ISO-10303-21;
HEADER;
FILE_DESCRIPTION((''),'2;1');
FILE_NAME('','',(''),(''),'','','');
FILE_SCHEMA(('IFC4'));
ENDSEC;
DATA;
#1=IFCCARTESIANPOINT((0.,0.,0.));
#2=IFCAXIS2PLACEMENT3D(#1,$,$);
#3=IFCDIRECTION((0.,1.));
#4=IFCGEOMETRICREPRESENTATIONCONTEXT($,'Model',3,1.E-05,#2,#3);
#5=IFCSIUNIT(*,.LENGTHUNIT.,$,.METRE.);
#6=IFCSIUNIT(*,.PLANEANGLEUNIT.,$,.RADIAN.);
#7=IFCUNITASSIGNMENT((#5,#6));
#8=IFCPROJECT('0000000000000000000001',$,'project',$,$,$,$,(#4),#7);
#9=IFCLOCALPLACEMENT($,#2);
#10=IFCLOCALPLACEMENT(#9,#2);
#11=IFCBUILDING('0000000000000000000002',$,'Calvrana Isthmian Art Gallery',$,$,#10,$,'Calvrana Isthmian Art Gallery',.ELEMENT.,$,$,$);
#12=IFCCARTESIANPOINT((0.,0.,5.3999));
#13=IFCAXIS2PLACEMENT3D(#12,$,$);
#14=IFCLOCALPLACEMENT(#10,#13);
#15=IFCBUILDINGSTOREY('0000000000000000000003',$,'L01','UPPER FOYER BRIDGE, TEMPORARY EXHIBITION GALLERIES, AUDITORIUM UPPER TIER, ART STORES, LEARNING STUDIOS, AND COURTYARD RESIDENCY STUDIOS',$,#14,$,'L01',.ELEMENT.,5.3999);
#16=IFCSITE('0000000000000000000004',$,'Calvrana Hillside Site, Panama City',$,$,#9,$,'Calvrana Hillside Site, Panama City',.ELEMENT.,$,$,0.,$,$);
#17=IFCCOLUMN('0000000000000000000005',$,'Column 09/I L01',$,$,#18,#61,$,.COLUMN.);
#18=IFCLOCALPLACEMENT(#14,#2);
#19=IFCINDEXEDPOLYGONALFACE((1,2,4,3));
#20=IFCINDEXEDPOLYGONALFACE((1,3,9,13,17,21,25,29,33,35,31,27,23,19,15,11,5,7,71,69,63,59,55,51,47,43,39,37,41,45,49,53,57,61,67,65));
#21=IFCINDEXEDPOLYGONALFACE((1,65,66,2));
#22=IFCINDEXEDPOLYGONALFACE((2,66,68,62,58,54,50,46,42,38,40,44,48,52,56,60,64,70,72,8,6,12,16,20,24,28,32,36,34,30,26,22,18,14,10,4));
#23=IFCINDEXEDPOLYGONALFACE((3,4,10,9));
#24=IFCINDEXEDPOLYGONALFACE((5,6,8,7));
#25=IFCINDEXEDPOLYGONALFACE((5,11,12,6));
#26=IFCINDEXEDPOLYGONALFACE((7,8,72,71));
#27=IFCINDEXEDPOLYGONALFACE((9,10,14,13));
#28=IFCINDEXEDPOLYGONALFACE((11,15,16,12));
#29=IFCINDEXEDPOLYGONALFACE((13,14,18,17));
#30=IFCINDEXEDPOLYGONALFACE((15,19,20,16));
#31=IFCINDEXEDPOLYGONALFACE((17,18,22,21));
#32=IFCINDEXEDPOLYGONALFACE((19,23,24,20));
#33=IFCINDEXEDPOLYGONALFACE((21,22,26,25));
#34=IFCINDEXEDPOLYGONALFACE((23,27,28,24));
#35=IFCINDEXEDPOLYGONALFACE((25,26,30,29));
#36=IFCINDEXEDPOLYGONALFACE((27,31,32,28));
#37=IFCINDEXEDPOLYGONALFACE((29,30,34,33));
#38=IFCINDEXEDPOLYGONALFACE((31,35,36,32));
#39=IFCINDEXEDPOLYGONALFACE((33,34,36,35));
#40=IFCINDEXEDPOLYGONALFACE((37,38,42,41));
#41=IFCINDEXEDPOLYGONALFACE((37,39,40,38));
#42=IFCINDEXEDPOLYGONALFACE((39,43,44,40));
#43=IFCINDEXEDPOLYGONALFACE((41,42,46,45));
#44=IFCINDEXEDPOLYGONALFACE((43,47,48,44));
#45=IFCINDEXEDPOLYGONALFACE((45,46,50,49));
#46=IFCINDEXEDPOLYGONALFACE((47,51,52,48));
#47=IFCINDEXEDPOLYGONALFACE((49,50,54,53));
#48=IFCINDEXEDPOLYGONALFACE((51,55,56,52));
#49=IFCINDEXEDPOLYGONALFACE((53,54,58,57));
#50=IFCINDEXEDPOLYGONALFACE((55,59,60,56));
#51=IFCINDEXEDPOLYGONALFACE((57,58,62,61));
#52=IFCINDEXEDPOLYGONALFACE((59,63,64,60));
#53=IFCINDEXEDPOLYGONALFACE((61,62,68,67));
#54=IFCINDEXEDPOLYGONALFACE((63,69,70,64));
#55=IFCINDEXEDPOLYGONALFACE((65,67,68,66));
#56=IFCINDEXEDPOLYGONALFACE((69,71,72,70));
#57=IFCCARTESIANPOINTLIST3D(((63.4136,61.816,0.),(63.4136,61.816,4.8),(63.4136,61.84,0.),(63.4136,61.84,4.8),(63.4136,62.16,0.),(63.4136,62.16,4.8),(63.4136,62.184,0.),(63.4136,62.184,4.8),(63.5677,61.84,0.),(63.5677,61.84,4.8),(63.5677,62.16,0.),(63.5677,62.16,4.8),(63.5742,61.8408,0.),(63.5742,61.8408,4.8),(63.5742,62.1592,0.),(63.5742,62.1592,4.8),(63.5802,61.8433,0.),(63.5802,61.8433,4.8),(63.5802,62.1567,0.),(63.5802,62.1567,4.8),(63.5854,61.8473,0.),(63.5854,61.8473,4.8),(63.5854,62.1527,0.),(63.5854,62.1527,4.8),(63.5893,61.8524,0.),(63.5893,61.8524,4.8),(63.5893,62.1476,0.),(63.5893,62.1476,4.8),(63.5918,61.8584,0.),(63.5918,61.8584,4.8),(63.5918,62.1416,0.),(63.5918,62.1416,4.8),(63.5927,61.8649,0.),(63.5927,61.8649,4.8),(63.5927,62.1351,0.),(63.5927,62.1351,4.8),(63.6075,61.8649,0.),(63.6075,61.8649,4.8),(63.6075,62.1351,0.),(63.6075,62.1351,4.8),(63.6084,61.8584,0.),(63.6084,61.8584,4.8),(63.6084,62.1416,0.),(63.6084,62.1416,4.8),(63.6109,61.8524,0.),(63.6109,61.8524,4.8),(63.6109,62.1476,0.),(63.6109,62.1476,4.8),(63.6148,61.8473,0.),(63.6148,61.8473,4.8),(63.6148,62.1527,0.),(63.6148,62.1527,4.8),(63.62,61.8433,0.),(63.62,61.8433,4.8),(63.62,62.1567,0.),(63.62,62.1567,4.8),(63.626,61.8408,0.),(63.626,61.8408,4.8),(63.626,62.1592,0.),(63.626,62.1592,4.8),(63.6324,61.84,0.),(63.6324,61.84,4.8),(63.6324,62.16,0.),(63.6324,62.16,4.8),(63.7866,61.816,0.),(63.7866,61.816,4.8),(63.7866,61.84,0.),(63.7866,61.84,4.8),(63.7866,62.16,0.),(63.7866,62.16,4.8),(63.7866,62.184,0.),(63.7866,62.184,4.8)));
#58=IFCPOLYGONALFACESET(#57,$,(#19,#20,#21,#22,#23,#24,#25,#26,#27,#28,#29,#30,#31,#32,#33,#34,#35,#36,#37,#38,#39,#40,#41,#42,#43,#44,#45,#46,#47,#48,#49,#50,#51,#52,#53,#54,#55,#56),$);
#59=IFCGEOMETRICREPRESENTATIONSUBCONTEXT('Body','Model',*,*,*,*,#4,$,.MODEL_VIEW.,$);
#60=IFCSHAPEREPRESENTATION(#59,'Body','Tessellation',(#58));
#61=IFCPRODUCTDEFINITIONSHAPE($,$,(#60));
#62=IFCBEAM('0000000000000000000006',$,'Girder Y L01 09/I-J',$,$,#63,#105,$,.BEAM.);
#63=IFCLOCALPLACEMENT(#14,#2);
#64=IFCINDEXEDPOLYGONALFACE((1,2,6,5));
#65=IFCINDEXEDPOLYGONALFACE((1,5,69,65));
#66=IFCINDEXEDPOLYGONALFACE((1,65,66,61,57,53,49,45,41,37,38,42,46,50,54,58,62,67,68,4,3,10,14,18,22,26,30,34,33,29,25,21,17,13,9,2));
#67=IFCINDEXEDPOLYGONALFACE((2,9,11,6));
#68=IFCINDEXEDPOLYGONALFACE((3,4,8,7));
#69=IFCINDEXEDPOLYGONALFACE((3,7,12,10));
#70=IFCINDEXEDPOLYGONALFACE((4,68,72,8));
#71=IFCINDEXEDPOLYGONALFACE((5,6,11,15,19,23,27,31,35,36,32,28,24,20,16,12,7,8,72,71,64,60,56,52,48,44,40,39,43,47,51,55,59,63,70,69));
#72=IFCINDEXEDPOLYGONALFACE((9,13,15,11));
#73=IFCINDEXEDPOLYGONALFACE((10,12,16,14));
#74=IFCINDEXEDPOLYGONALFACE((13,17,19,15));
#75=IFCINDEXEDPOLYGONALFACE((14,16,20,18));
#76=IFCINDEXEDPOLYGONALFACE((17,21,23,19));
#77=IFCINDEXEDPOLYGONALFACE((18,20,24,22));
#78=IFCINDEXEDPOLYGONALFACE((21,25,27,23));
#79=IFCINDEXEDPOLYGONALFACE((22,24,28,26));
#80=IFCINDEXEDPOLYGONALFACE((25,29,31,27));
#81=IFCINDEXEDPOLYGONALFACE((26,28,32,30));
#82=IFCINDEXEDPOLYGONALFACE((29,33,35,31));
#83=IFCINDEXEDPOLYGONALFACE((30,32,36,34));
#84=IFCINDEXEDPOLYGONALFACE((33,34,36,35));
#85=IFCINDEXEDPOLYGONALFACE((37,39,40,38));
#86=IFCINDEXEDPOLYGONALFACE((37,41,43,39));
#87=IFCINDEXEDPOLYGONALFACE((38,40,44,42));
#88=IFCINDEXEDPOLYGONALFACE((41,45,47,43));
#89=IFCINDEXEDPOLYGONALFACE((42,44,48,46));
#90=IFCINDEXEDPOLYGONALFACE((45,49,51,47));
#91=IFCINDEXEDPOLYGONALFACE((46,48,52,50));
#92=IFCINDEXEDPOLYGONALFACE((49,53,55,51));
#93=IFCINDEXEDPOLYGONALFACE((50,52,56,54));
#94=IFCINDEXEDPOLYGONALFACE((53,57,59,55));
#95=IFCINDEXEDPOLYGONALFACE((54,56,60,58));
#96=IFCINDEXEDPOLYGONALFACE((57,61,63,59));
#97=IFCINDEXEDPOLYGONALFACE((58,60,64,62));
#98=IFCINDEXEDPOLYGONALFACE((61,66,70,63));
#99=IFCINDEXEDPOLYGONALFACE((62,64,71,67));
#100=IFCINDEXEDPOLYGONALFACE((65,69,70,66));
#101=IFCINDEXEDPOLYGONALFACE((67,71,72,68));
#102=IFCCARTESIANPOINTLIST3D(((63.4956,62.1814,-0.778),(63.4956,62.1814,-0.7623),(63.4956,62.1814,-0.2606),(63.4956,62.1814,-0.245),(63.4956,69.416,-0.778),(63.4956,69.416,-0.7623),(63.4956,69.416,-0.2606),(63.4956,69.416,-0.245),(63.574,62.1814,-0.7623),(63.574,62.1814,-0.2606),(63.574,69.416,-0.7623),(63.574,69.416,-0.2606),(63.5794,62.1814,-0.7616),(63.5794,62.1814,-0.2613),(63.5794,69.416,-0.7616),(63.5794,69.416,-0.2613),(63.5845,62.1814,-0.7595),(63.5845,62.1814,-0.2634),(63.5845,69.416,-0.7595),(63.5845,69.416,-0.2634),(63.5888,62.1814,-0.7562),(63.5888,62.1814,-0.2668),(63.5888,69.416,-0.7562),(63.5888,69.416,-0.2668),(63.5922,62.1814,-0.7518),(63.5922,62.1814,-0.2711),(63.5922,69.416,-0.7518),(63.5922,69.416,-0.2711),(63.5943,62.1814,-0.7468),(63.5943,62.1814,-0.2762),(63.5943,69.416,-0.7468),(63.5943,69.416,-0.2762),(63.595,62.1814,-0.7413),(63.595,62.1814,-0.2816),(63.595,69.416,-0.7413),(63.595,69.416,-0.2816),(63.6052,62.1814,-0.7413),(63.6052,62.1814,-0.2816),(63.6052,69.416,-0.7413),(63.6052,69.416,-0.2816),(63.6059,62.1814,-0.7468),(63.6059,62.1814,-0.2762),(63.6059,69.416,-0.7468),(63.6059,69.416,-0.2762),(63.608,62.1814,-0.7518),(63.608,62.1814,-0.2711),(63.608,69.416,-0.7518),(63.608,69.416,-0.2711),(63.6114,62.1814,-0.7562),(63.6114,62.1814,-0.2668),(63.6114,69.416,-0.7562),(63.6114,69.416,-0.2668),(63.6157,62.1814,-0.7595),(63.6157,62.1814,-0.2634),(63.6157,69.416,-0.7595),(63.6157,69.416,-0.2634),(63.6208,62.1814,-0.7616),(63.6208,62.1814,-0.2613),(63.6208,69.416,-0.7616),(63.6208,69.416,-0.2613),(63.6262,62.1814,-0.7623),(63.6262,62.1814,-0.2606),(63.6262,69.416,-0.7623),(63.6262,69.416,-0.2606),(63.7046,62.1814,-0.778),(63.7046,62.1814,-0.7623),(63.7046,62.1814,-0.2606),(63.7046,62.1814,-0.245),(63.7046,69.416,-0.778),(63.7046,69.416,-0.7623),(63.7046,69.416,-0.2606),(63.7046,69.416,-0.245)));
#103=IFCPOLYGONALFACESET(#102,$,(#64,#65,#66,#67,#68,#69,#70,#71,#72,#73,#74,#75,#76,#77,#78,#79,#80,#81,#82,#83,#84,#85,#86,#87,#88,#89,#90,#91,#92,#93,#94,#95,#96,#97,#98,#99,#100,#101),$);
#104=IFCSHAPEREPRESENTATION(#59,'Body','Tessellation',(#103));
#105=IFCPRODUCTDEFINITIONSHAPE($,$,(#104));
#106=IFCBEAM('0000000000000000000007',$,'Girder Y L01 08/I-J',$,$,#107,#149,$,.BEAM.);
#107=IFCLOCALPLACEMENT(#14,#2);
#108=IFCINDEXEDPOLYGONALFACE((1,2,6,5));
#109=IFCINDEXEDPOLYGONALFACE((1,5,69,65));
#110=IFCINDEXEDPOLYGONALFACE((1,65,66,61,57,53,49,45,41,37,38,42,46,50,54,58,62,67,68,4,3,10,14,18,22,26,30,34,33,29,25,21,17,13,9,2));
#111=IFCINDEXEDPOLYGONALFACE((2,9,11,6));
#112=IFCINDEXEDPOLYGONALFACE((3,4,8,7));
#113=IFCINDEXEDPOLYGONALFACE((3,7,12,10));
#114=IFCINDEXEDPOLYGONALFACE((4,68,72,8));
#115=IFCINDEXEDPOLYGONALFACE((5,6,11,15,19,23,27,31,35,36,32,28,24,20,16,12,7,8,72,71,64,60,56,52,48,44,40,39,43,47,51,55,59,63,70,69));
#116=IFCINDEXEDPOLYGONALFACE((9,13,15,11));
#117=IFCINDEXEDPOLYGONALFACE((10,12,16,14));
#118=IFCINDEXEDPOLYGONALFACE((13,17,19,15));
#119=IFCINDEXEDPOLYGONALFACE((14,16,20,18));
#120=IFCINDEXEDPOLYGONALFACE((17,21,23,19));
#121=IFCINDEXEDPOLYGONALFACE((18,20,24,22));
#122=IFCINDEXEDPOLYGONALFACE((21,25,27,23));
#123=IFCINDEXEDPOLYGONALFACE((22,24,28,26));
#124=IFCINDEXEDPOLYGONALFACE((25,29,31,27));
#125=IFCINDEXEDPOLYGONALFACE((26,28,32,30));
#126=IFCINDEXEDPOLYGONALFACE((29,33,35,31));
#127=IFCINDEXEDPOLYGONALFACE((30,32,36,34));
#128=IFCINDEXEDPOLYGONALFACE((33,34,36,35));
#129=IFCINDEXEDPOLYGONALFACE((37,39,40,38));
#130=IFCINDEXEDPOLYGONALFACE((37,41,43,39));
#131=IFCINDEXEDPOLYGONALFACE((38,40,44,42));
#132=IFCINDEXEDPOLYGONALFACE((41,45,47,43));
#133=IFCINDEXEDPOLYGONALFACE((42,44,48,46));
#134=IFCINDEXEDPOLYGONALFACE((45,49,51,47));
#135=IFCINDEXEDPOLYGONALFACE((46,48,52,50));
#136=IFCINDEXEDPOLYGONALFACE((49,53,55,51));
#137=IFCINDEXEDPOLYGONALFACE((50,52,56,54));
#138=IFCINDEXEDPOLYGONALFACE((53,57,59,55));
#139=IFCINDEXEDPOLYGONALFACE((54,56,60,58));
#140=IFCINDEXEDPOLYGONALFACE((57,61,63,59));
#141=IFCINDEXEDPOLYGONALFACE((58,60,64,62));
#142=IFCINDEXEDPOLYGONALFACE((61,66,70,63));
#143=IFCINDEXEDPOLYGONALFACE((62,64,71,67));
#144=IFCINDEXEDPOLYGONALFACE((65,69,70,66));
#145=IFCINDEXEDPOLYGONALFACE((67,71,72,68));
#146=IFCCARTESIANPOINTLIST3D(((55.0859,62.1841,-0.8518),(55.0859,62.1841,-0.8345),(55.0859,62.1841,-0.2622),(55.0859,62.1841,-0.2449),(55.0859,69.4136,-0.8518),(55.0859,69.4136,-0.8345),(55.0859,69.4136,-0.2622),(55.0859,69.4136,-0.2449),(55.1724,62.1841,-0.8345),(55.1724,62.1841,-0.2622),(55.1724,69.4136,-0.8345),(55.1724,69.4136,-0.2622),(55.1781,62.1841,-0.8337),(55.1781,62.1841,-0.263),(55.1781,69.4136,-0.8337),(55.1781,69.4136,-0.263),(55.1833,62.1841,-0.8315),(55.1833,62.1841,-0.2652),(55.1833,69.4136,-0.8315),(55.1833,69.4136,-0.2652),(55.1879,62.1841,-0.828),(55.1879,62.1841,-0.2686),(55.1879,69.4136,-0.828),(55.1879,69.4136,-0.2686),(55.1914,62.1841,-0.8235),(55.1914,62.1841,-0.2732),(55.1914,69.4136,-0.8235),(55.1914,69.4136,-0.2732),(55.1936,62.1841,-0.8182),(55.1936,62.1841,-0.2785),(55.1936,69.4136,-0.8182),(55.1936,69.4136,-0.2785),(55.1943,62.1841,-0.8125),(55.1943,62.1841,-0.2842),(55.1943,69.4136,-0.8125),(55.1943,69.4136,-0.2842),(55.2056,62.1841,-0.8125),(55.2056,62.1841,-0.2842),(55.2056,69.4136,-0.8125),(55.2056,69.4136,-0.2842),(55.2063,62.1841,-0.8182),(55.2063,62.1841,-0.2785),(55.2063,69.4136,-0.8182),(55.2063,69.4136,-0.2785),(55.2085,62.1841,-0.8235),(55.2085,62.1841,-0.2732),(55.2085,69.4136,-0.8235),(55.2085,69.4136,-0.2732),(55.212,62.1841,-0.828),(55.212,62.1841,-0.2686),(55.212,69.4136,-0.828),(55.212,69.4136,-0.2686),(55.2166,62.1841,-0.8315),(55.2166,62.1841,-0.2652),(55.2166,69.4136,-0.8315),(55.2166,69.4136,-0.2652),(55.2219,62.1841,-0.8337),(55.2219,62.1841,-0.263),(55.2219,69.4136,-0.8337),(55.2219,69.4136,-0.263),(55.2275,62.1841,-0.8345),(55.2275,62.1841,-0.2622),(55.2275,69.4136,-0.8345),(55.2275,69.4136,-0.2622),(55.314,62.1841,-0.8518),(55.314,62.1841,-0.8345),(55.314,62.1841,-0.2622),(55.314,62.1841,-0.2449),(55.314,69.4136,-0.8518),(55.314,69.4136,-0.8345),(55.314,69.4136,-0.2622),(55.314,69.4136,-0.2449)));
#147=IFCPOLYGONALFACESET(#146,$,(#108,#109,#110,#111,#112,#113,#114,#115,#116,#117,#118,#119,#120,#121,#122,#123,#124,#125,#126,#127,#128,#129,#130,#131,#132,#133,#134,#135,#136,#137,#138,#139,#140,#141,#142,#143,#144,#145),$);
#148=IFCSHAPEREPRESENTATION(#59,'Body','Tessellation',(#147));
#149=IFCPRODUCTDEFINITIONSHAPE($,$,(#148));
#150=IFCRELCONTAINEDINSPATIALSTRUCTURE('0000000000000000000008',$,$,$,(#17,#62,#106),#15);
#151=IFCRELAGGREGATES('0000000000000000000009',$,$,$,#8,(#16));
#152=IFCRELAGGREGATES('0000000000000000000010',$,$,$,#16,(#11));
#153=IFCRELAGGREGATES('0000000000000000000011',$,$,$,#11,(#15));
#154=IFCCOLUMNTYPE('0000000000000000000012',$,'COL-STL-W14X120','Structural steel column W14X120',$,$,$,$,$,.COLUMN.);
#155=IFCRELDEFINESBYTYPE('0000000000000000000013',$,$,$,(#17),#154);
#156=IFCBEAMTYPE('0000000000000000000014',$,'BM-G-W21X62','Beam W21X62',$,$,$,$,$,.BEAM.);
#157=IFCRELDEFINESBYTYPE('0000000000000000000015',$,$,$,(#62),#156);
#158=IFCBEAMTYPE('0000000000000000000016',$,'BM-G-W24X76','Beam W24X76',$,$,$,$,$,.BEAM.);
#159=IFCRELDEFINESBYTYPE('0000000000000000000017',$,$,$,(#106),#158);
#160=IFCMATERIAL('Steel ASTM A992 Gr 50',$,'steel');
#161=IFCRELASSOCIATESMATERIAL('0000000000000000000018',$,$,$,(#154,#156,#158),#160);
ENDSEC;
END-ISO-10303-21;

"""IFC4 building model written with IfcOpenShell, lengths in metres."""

from ifc_helpers import new_model, si_unit, direction, frame, origin, origin_2d, place, context, subcontext, project, spatial, i_section, extrude, material, material_profile, profile_set, type_object, element, save


model = new_model("IFC4")

# Units and contexts
model_context = context("Model", 3, precision=1e-05, world=origin(), true_north=direction((0.0, 1.0)))
body_context = subcontext(model_context, "Body", "Model", "MODEL_VIEW")
ifc_project = project(units=[si_unit("LENGTHUNIT", "METRE"), si_unit("PLANEANGLEUNIT", "RADIAN")], contexts=[model_context])

# Site, building, storey
site_placement = place(None, origin())
site = spatial("IfcSite", under=ifc_project, at=site_placement, Name="Calvrana Hillside Site, Panama City", LongName="Calvrana Hillside Site, Panama City", CompositionType="ELEMENT", RefElevation=0.0)
building_placement = place(site_placement, origin())
building = spatial("IfcBuilding", under=site, at=building_placement, Name="Calvrana Isthmian Art Gallery", LongName="Calvrana Isthmian Art Gallery", CompositionType="ELEMENT")
storey_placement = place(building_placement, frame((0.0, 0.0, 5.3999)))
storey = spatial("IfcBuildingStorey", under=building, at=storey_placement, Name="L01", Description="UPPER FOYER BRIDGE, TEMPORARY EXHIBITION GALLERIES, AUDITORIUM UPPER TIER, ART STORES, LEARNING STUDIOS, AND COURTYARD RESIDENCY STUDIOS", LongName="L01", CompositionType="ELEMENT", Elevation=5.3999)

# Column
ifc_material_1 = material(Name="Steel ASTM A992 Gr 50", Category="steel")
ifc_material_profile_1 = material_profile(ifc_material_1, i_section(OverallWidth=0.373, OverallDepth=0.3679, WebThickness=0.0149, FlangeThickness=0.0239, FilletRadius=0.0249, at=origin_2d()), Name="W14X120")
ifc_profile_set_1 = profile_set([ifc_material_profile_1], Name="Steel ASTM A992 Gr 50")
column_type = type_object("IfcColumnType", Name="COL-STL-W14X120", Description="Structural steel column W14X120", PredefinedType="COLUMN", material=ifc_profile_set_1)
column_placement = place(storey_placement, frame((63.6001, 62.0, 0.0), z_axis=(0.0, 0.0, 1.0), x_axis=(1.0, 0.0, 0.0)))
element("IfcColumn", 1, at=column_placement, inside=storey, type_object=column_type, Name="Column 09/I L01", PredefinedType="COLUMN", context=body_context, shape_type="SweptSolid", body=[
    extrude(i_section(OverallWidth=0.373, OverallDepth=0.3679, WebThickness=0.0149, FlangeThickness=0.0239, FilletRadius=0.0249, at=origin_2d()), origin(), (0.0, 0.0, 1.0), 4.8),
])

# Beams
ifc_material_profile_2 = material_profile(ifc_material_1, i_section(OverallWidth=0.209, OverallDepth=0.533, WebThickness=0.0103, FlangeThickness=0.0156, FilletRadius=0.021, at=origin_2d()), Name="W21X62")
ifc_profile_set_2 = profile_set([ifc_material_profile_2], Name="Steel ASTM A992 Gr 50")
beam_type_1 = type_object("IfcBeamType", Name="BM-G-W21X62", Description="Beam W21X62", PredefinedType="BEAM", material=ifc_profile_set_2)
beam_1_placement = place(storey_placement, frame((63.6001, 62.1814, -0.5115), z_axis=(0.0, 1.0, 0.0), x_axis=(-1.0, 0.0, 0.0)))
element("IfcBeam", 2, at=beam_1_placement, inside=storey, type_object=beam_type_1, Name="Girder Y L01 09/I-J", PredefinedType="BEAM", context=body_context, shape_type="SweptSolid", body=[
    extrude(i_section(OverallWidth=0.209, OverallDepth=0.533, WebThickness=0.0103, FlangeThickness=0.0156, FilletRadius=0.021, at=origin_2d()), origin(), (0.0, 0.0, 1.0), 7.2346),
])
ifc_material_profile_3 = material_profile(ifc_material_1, i_section(OverallWidth=0.228, OverallDepth=0.6069, WebThickness=0.0112, FlangeThickness=0.0173, FilletRadius=0.022, at=origin_2d()), Name="W24X76")
ifc_profile_set_3 = profile_set([ifc_material_profile_3], Name="Steel ASTM A992 Gr 50")
beam_type_2 = type_object("IfcBeamType", Name="BM-G-W24X76", Description="Beam W24X76", PredefinedType="BEAM", material=ifc_profile_set_3)
beam_2_placement = place(storey_placement, frame((55.2, 62.1841, -0.5483), z_axis=(0.0, 1.0, 0.0), x_axis=(-1.0, 0.0, 0.0)))
element("IfcBeam", 3, at=beam_2_placement, inside=storey, type_object=beam_type_2, Name="Girder Y L01 08/I-J", PredefinedType="BEAM", context=body_context, shape_type="SweptSolid", body=[
    extrude(i_section(OverallWidth=0.228, OverallDepth=0.6069, WebThickness=0.0112, FlangeThickness=0.0173, FilletRadius=0.022, at=origin_2d()), origin(), (0.0, 0.0, 1.0), 7.2295),
])

save(model, "model.ifc")
